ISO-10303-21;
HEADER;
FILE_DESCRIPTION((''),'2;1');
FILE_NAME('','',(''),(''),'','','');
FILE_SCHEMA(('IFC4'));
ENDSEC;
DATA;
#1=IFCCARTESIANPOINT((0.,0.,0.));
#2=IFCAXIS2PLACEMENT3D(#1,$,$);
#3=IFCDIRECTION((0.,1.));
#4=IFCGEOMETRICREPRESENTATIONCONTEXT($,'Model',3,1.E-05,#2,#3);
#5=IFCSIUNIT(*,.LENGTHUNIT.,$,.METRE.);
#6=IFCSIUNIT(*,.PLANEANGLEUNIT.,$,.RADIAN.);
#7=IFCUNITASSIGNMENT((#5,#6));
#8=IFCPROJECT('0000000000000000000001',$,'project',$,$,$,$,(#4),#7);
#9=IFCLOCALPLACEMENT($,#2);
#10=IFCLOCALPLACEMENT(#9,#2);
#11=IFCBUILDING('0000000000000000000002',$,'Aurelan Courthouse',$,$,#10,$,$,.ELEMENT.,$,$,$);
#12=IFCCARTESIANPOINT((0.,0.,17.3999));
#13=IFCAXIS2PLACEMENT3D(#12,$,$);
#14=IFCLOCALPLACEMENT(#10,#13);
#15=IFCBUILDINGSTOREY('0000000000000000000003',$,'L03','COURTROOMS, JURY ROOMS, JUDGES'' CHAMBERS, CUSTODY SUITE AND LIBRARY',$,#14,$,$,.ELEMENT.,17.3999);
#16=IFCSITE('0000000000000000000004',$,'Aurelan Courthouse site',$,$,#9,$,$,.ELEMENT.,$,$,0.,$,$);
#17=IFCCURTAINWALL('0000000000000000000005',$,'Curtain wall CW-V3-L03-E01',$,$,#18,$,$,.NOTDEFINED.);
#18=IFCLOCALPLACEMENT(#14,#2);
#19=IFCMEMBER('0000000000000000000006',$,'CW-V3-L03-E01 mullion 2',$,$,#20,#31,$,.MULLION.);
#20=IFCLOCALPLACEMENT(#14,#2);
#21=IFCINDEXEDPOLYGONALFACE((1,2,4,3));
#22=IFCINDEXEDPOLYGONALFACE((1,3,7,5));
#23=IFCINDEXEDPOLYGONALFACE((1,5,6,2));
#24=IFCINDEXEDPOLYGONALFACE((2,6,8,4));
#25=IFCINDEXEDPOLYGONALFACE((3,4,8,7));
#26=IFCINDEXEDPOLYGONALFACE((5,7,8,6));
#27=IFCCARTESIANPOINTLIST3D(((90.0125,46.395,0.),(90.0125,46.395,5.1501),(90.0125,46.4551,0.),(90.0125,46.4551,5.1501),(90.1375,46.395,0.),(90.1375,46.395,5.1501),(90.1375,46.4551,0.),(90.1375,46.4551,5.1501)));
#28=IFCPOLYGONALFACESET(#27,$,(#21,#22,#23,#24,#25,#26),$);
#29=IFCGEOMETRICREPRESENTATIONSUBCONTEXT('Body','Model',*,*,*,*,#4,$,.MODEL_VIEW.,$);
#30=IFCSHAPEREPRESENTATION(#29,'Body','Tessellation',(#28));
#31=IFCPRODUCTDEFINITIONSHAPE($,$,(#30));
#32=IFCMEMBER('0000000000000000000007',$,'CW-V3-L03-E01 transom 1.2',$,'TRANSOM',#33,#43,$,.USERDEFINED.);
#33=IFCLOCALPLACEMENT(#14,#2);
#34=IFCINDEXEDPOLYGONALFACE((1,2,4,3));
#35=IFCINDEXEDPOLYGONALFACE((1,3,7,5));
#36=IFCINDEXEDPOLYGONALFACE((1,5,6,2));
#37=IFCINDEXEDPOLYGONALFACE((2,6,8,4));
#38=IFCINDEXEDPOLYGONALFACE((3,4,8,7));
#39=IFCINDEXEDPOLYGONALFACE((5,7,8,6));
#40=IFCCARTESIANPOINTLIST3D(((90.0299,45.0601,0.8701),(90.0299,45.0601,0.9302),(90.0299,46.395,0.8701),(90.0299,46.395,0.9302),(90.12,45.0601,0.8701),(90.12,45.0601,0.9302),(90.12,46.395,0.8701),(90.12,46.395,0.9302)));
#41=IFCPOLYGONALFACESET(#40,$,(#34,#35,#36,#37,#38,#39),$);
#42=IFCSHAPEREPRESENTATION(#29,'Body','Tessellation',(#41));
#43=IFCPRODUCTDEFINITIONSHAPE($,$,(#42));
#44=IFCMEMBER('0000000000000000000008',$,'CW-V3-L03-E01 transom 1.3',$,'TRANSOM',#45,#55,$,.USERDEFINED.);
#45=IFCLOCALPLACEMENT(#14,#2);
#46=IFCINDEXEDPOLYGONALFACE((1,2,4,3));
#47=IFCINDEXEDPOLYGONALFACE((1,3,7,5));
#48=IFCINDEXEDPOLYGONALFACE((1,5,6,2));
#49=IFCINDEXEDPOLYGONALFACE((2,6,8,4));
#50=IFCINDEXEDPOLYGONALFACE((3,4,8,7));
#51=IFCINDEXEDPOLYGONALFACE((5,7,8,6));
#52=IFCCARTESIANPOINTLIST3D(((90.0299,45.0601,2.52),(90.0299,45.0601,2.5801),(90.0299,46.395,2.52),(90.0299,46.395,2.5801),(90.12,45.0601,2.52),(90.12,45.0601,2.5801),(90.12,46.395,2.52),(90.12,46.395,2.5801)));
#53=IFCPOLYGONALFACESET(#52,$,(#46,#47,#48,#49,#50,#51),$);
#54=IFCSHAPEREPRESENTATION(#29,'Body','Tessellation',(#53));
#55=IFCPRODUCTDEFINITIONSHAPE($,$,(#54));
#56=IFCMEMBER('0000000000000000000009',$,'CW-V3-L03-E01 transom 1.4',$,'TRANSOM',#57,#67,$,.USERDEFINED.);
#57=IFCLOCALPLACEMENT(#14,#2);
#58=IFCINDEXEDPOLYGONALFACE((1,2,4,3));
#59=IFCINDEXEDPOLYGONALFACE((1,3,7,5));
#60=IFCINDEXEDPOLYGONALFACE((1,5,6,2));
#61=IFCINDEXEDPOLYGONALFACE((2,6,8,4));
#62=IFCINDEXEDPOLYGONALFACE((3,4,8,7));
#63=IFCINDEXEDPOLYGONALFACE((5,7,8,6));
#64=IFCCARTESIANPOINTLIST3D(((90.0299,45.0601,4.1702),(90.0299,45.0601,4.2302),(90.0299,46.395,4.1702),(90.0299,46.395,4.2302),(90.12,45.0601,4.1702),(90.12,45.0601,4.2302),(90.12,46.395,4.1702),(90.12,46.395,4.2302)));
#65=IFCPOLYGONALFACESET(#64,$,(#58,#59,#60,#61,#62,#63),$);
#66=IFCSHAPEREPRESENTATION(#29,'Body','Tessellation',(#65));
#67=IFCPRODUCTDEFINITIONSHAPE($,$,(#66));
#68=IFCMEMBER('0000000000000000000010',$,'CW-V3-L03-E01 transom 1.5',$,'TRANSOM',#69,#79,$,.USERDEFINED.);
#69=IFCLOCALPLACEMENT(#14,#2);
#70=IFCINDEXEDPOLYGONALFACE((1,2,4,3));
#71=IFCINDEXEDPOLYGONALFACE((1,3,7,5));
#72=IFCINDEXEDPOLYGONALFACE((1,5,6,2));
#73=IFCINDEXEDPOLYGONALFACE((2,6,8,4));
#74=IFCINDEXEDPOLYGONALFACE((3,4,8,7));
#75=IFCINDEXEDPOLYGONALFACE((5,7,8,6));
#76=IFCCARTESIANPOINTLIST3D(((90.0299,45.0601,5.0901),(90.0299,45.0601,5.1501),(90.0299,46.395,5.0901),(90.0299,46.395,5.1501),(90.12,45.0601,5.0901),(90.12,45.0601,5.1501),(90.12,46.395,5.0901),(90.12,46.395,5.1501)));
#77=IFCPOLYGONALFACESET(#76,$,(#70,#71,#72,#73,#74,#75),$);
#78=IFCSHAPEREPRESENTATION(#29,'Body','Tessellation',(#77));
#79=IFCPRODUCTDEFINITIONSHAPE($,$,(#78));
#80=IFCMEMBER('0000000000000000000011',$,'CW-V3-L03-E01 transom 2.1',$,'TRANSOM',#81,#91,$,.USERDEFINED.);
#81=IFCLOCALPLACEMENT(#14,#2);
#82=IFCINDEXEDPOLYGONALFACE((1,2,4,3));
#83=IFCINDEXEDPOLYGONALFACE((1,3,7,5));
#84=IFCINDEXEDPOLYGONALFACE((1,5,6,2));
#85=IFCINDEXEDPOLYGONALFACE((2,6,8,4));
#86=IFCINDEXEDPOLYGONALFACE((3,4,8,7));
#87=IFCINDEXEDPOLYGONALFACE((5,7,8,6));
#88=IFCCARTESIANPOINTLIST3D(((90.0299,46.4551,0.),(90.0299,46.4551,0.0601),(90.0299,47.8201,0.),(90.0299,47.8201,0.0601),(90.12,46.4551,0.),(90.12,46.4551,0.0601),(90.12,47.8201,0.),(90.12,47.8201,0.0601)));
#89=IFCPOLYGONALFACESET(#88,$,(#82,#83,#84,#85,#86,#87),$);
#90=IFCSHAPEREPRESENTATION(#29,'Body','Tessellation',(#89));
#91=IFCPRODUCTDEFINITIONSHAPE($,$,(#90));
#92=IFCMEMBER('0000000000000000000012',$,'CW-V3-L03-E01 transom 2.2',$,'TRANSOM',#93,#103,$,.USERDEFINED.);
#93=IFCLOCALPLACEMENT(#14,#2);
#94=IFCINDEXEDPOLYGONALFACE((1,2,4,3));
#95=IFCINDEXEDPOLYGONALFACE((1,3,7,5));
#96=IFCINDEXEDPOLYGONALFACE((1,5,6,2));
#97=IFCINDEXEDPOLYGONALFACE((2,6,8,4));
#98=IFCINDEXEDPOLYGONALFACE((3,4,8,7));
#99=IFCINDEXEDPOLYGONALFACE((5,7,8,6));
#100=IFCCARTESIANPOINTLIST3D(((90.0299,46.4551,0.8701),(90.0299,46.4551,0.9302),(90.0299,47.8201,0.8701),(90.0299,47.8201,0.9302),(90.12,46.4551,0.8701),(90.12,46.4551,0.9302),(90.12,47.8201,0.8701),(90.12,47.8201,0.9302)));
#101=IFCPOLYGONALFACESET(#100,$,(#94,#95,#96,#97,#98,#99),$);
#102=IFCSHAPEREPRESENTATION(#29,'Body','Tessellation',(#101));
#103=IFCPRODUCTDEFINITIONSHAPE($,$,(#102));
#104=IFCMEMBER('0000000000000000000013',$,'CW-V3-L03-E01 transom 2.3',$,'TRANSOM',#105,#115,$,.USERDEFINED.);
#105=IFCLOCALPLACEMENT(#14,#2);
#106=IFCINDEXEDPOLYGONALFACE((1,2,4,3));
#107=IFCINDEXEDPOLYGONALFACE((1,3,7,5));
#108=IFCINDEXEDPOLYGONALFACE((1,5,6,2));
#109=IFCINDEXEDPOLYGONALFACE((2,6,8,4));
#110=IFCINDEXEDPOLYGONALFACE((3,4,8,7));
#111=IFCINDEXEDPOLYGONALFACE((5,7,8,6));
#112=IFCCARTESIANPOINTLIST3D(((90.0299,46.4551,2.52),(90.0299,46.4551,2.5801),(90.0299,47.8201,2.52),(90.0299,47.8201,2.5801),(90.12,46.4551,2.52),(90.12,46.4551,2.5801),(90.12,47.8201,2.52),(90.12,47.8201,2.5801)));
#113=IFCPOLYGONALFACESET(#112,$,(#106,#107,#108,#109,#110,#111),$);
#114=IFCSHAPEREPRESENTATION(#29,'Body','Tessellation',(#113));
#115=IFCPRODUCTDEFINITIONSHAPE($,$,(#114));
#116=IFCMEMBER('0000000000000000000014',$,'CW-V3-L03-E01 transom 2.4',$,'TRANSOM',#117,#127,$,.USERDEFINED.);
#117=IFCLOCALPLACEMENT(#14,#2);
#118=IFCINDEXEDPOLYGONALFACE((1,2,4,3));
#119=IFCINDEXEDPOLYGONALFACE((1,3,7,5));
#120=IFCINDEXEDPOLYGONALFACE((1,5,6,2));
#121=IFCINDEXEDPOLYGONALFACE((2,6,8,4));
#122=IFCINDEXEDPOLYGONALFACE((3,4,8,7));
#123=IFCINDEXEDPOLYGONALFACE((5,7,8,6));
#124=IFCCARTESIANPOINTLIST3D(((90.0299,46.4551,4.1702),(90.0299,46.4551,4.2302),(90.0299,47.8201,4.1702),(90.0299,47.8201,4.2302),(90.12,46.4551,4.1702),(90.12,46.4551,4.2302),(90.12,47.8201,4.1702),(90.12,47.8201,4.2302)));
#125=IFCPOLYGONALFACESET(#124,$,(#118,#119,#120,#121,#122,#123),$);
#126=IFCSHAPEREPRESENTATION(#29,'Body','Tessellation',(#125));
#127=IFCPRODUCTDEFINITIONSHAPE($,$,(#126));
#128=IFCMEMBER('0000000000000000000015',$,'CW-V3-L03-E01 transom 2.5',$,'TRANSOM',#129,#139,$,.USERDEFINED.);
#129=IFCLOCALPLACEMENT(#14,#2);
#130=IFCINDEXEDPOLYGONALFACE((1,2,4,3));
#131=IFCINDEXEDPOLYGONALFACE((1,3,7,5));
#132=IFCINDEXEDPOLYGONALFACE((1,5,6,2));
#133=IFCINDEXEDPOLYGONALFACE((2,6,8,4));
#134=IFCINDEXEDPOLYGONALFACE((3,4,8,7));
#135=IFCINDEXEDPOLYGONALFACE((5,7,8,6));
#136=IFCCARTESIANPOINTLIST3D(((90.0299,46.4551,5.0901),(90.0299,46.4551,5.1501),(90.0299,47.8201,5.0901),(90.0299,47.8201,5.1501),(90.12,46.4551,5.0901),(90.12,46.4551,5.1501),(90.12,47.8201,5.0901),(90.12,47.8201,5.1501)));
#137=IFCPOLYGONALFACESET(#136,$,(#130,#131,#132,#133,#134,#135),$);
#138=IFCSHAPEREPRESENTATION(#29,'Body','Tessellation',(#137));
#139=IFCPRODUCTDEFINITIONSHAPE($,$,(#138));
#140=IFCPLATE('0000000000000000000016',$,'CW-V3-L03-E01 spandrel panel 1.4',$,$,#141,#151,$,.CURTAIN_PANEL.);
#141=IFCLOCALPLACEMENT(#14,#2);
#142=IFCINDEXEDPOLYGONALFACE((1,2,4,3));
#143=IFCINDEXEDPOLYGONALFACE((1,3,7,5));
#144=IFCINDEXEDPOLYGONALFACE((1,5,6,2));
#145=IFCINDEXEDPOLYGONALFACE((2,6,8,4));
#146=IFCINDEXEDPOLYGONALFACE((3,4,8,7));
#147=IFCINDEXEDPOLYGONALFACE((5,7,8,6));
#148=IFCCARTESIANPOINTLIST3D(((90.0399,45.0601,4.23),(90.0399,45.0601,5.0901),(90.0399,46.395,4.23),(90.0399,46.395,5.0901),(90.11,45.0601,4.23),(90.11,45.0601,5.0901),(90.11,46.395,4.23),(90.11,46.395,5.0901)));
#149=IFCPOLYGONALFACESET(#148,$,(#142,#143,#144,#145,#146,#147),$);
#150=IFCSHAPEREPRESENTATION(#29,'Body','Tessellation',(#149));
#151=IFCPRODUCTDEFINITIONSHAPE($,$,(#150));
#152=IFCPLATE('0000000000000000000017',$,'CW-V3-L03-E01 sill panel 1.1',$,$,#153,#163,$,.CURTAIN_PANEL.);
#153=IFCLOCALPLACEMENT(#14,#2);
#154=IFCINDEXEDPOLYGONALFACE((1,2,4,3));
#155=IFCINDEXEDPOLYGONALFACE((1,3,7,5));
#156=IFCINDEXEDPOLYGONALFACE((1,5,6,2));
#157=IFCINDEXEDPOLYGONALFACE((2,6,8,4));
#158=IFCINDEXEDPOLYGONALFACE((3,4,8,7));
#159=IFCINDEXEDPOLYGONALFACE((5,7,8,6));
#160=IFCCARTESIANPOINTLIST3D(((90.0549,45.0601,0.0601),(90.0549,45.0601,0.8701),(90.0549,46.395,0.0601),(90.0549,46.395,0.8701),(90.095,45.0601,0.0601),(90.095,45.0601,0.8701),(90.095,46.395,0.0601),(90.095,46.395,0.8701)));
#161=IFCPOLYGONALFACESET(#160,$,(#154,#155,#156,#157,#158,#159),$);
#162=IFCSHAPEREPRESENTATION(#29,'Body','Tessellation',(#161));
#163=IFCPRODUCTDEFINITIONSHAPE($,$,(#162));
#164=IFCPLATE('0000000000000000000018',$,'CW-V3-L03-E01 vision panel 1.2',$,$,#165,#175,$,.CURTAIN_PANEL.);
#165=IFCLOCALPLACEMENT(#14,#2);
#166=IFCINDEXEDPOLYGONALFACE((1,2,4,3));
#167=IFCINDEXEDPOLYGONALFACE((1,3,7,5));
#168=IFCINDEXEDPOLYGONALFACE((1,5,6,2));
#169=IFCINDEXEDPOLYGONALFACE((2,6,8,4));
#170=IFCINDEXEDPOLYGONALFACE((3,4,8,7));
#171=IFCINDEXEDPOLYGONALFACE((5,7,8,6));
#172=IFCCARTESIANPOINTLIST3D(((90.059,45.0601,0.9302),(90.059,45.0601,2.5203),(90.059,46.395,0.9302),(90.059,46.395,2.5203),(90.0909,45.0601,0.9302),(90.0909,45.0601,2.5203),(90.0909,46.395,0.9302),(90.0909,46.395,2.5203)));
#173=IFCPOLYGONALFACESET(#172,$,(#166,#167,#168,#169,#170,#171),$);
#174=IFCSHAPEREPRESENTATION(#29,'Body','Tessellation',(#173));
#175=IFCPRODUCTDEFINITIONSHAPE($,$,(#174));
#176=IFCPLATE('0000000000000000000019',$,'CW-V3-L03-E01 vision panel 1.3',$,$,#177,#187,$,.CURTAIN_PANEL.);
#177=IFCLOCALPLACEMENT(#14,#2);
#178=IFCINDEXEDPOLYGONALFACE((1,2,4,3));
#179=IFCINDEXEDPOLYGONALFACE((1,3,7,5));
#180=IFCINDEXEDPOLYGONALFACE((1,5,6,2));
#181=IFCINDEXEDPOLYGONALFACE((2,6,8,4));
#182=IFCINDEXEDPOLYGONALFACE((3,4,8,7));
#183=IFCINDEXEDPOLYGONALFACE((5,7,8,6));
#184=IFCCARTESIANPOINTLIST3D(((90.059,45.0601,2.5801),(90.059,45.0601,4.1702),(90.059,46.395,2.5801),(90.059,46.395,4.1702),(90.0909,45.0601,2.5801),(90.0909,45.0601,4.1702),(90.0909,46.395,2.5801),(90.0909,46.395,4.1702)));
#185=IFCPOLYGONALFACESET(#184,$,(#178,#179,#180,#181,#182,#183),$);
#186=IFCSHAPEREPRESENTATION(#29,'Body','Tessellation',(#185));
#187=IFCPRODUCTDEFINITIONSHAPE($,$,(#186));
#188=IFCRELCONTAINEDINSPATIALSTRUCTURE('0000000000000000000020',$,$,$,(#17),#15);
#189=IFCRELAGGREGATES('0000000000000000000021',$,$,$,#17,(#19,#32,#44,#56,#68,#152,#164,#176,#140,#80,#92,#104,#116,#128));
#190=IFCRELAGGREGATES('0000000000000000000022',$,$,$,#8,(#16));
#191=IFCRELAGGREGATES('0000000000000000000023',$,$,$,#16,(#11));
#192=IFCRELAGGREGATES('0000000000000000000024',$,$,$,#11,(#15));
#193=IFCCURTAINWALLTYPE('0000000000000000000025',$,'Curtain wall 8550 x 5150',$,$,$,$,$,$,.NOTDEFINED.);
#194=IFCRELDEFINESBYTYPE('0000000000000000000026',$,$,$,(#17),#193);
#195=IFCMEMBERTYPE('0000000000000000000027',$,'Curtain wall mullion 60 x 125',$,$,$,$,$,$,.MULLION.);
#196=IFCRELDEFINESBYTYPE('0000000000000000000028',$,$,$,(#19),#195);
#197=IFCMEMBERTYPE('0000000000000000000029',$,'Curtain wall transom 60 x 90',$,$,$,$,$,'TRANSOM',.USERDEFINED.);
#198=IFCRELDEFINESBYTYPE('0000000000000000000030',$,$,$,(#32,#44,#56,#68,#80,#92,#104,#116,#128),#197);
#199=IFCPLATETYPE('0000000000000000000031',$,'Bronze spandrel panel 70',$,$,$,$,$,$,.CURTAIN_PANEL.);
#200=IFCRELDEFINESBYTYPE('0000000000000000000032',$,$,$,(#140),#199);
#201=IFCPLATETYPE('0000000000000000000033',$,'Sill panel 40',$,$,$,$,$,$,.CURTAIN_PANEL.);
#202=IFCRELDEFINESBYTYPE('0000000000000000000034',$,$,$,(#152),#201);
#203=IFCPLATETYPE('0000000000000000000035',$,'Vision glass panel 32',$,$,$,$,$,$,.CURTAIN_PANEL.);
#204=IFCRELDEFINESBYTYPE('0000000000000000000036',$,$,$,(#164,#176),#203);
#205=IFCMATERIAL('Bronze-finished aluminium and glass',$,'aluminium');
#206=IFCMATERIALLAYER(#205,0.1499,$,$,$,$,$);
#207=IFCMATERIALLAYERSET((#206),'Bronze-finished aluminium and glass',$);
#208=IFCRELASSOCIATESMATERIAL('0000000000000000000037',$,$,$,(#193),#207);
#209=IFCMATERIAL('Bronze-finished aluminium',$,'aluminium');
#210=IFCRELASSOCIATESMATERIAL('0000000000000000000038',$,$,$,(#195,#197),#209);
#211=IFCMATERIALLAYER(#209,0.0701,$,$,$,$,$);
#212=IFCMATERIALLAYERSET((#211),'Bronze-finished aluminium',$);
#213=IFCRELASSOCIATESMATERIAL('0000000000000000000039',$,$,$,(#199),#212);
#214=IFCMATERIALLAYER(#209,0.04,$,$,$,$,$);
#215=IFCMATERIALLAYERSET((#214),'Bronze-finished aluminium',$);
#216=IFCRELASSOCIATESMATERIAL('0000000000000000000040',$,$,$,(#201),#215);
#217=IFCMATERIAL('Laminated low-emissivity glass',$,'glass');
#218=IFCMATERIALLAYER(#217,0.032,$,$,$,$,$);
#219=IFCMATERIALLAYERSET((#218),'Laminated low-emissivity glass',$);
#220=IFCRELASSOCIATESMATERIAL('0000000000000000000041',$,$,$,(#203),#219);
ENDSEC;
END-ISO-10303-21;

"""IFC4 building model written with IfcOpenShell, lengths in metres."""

from ifc_helpers import new_model, si_unit, direction, frame, origin, origin_2d, place, context, subcontext, project, spatial, rectangle, extrude, material, layer, layer_set, material_profile, profile_set, type_object, element, aggregate, save


model = new_model("IFC4")

# Units and contexts
model_context = context("Model", 3, precision=1e-05, world=origin(), true_north=direction((0.0, 1.0)))
body_context = subcontext(model_context, "Body", "Model", "MODEL_VIEW")
ifc_project = project(units=[si_unit("LENGTHUNIT", "METRE"), si_unit("PLANEANGLEUNIT", "RADIAN")], contexts=[model_context])

# Site, building, storey
site_placement = place(None, origin())
site = spatial("IfcSite", under=ifc_project, at=site_placement, Name="Aurelan Courthouse site", CompositionType="ELEMENT", RefElevation=0.0)
building_placement = place(site_placement, origin())
building = spatial("IfcBuilding", under=site, at=building_placement, Name="Aurelan Courthouse", CompositionType="ELEMENT")
storey_placement = place(building_placement, frame((0.0, 0.0, 17.3999)))
storey = spatial("IfcBuildingStorey", under=building, at=storey_placement, Name="L03", Description="COURTROOMS, JURY ROOMS, JUDGES' CHAMBERS, CUSTODY SUITE AND LIBRARY", CompositionType="ELEMENT", Elevation=17.3999)

# Curtain wall, members, plates
ifc_material_1 = material(Name="Bronze-finished aluminium and glass", Category="aluminium")
ifc_layer_1 = layer(ifc_material_1, 0.1499)
ifc_layer_set_1 = layer_set([ifc_layer_1], Name="Bronze-finished aluminium and glass")
curtain_wall_type = type_object("IfcCurtainWallType", Name="Curtain wall 8550 x 5150", PredefinedType="NOTDEFINED", material=ifc_layer_set_1)
curtain_wall_placement = place(storey_placement, origin())
curtain_wall = element("IfcCurtainWall", 1, at=curtain_wall_placement, inside=storey, type_object=curtain_wall_type, Name="Curtain wall CW-V3-L03-E01", PredefinedType="NOTDEFINED")
ifc_material_2 = material(Name="Bronze-finished aluminium", Category="aluminium")
ifc_material_profile_1 = material_profile(ifc_material_2, rectangle(XDim=0.125, YDim=0.0601, at=origin_2d()), Name="Bronze mullion 60 x 125")
ifc_profile_set_1 = profile_set([ifc_material_profile_1], Name="Bronze-finished aluminium")
member_type_1 = type_object("IfcMemberType", Name="Curtain wall mullion 60 x 125", PredefinedType="MULLION", material=ifc_profile_set_1)
member_1_placement = place(storey_placement, frame((90.075, 46.425, 0.0), z_axis=(0.0, 0.0, 1.0), x_axis=(-1.0, 0.0, 0.0)))
member_1 = element("IfcMember", 2, at=member_1_placement, type_object=member_type_1, Name="CW-V3-L03-E01 mullion 2", PredefinedType="MULLION", context=body_context, shape_type="SweptSolid", body=[
    extrude(rectangle(XDim=0.125, YDim=0.0601, at=origin_2d()), origin(), (0.0, 0.0, 1.0), 5.1501),
])
ifc_material_profile_2 = material_profile(ifc_material_2, rectangle(XDim=0.0901, YDim=0.0601, at=origin_2d()), Name="Bronze transom 60 x 90")
ifc_profile_set_2 = profile_set([ifc_material_profile_2], Name="Bronze-finished aluminium")
member_type_2 = type_object("IfcMemberType", Name="Curtain wall transom 60 x 90", ElementType="TRANSOM", PredefinedType="USERDEFINED", material=ifc_profile_set_2)
member_2_placement = place(storey_placement, frame((90.075, 45.0601, 0.9001), z_axis=(0.0, 1.0, 0.0), x_axis=(-1.0, 0.0, 0.0)))
member_2 = element("IfcMember", 3, at=member_2_placement, type_object=member_type_2, Name="CW-V3-L03-E01 transom 1.2", ObjectType="TRANSOM", PredefinedType="USERDEFINED", context=body_context, shape_type="SweptSolid", body=[
    extrude(rectangle(XDim=0.0901, YDim=0.0601, at=origin_2d()), origin(), (0.0, 0.0, 1.0), 1.335),
])
member_3_placement = place(storey_placement, frame((90.075, 45.0601, 2.55), z_axis=(0.0, 1.0, 0.0), x_axis=(-1.0, 0.0, 0.0)))
member_3 = element("IfcMember", 4, at=member_3_placement, type_object=member_type_2, Name="CW-V3-L03-E01 transom 1.3", ObjectType="TRANSOM", PredefinedType="USERDEFINED", context=body_context, shape_type="SweptSolid", body=[
    extrude(rectangle(XDim=0.0901, YDim=0.0601, at=origin_2d()), origin(), (0.0, 0.0, 1.0), 1.335),
])
member_4_placement = place(storey_placement, frame((90.075, 45.0601, 4.2002), z_axis=(0.0, 1.0, 0.0), x_axis=(-1.0, 0.0, 0.0)))
member_4 = element("IfcMember", 5, at=member_4_placement, type_object=member_type_2, Name="CW-V3-L03-E01 transom 1.4", ObjectType="TRANSOM", PredefinedType="USERDEFINED", context=body_context, shape_type="SweptSolid", body=[
    extrude(rectangle(XDim=0.0901, YDim=0.0601, at=origin_2d()), origin(), (0.0, 0.0, 1.0), 1.335),
])
member_5_placement = place(storey_placement, frame((90.075, 45.0601, 5.1201), z_axis=(0.0, 1.0, 0.0), x_axis=(-1.0, 0.0, 0.0)))
member_5 = element("IfcMember", 6, at=member_5_placement, type_object=member_type_2, Name="CW-V3-L03-E01 transom 1.5", ObjectType="TRANSOM", PredefinedType="USERDEFINED", context=body_context, shape_type="SweptSolid", body=[
    extrude(rectangle(XDim=0.0901, YDim=0.0601, at=origin_2d()), origin(), (0.0, 0.0, 1.0), 1.335),
])
member_6_placement = place(storey_placement, frame((90.075, 46.4551, 0.03), z_axis=(0.0, 1.0, 0.0), x_axis=(-1.0, 0.0, 0.0)))
member_6 = element("IfcMember", 7, at=member_6_placement, type_object=member_type_2, Name="CW-V3-L03-E01 transom 2.1", ObjectType="TRANSOM", PredefinedType="USERDEFINED", context=body_context, shape_type="SweptSolid", body=[
    extrude(rectangle(XDim=0.0901, YDim=0.0601, at=origin_2d()), origin(), (0.0, 0.0, 1.0), 1.365),
])
member_7_placement = place(storey_placement, frame((90.075, 46.4551, 0.9001), z_axis=(0.0, 1.0, 0.0), x_axis=(-1.0, 0.0, 0.0)))
member_7 = element("IfcMember", 8, at=member_7_placement, type_object=member_type_2, Name="CW-V3-L03-E01 transom 2.2", ObjectType="TRANSOM", PredefinedType="USERDEFINED", context=body_context, shape_type="SweptSolid", body=[
    extrude(rectangle(XDim=0.0901, YDim=0.0601, at=origin_2d()), origin(), (0.0, 0.0, 1.0), 1.365),
])
member_8_placement = place(storey_placement, frame((90.075, 46.4551, 2.55), z_axis=(0.0, 1.0, 0.0), x_axis=(-1.0, 0.0, 0.0)))
member_8 = element("IfcMember", 9, at=member_8_placement, type_object=member_type_2, Name="CW-V3-L03-E01 transom 2.3", ObjectType="TRANSOM", PredefinedType="USERDEFINED", context=body_context, shape_type="SweptSolid", body=[
    extrude(rectangle(XDim=0.0901, YDim=0.0601, at=origin_2d()), origin(), (0.0, 0.0, 1.0), 1.365),
])
member_9_placement = place(storey_placement, frame((90.075, 46.4551, 4.2002), z_axis=(0.0, 1.0, 0.0), x_axis=(-1.0, 0.0, 0.0)))
member_9 = element("IfcMember", 10, at=member_9_placement, type_object=member_type_2, Name="CW-V3-L03-E01 transom 2.4", ObjectType="TRANSOM", PredefinedType="USERDEFINED", context=body_context, shape_type="SweptSolid", body=[
    extrude(rectangle(XDim=0.0901, YDim=0.0601, at=origin_2d()), origin(), (0.0, 0.0, 1.0), 1.365),
])
member_10_placement = place(storey_placement, frame((90.075, 46.4551, 5.1201), z_axis=(0.0, 1.0, 0.0), x_axis=(-1.0, 0.0, 0.0)))
member_10 = element("IfcMember", 11, at=member_10_placement, type_object=member_type_2, Name="CW-V3-L03-E01 transom 2.5", ObjectType="TRANSOM", PredefinedType="USERDEFINED", context=body_context, shape_type="SweptSolid", body=[
    extrude(rectangle(XDim=0.0901, YDim=0.0601, at=origin_2d()), origin(), (0.0, 0.0, 1.0), 1.365),
])
ifc_layer_2 = layer(ifc_material_2, 0.0701)
ifc_layer_set_2 = layer_set([ifc_layer_2], Name="Bronze-finished aluminium")
plate_type_1 = type_object("IfcPlateType", Name="Bronze spandrel panel 70", PredefinedType="CURTAIN_PANEL", material=ifc_layer_set_2)
plate_1_placement = place(storey_placement, frame((90.075, 45.7275, 4.23), z_axis=(0.0, 0.0, 1.0), x_axis=(0.0, 1.0, 0.0)))
plate_1 = element("IfcPlate", 12, at=plate_1_placement, type_object=plate_type_1, Name="CW-V3-L03-E01 spandrel panel 1.4", PredefinedType="CURTAIN_PANEL", context=body_context, shape_type="SweptSolid", body=[
    extrude(rectangle(XDim=1.335, YDim=0.0701, at=origin_2d()), origin(), (0.0, 0.0, 1.0), 0.8601),
])
ifc_layer_3 = layer(ifc_material_2, 0.04)
ifc_layer_set_3 = layer_set([ifc_layer_3], Name="Bronze-finished aluminium")
plate_type_2 = type_object("IfcPlateType", Name="Sill panel 40", PredefinedType="CURTAIN_PANEL", material=ifc_layer_set_3)
plate_2_placement = place(storey_placement, frame((90.075, 45.7275, 0.0601), z_axis=(0.0, 0.0, 1.0), x_axis=(0.0, 1.0, 0.0)))
plate_2 = element("IfcPlate", 13, at=plate_2_placement, type_object=plate_type_2, Name="CW-V3-L03-E01 sill panel 1.1", PredefinedType="CURTAIN_PANEL", context=body_context, shape_type="SweptSolid", body=[
    extrude(rectangle(XDim=1.335, YDim=0.04, at=origin_2d()), origin(), (0.0, 0.0, 1.0), 0.8101),
])
ifc_material_3 = material(Name="Laminated low-emissivity glass", Category="glass")
ifc_layer_4 = layer(ifc_material_3, 0.032)
ifc_layer_set_4 = layer_set([ifc_layer_4], Name="Laminated low-emissivity glass")
plate_type_3 = type_object("IfcPlateType", Name="Vision glass panel 32", PredefinedType="CURTAIN_PANEL", material=ifc_layer_set_4)
plate_3_placement = place(storey_placement, frame((90.075, 45.7275, 0.9302), z_axis=(0.0, 0.0, 1.0), x_axis=(0.0, 1.0, 0.0)))
plate_3 = element("IfcPlate", 14, at=plate_3_placement, type_object=plate_type_3, Name="CW-V3-L03-E01 vision panel 1.2", PredefinedType="CURTAIN_PANEL", context=body_context, shape_type="SweptSolid", body=[
    extrude(rectangle(XDim=1.335, YDim=0.032, at=origin_2d()), origin(), (0.0, 0.0, 1.0), 1.5901),
])
plate_4_placement = place(storey_placement, frame((90.075, 45.7275, 2.5801), z_axis=(0.0, 0.0, 1.0), x_axis=(0.0, 1.0, 0.0)))
plate_4 = element("IfcPlate", 15, at=plate_4_placement, type_object=plate_type_3, Name="CW-V3-L03-E01 vision panel 1.3", PredefinedType="CURTAIN_PANEL", context=body_context, shape_type="SweptSolid", body=[
    extrude(rectangle(XDim=1.335, YDim=0.032, at=origin_2d()), origin(), (0.0, 0.0, 1.0), 1.5901),
])
aggregate(curtain_wall, [member_1, member_2, member_3, member_4, member_5, plate_2, plate_3, plate_4, plate_1, member_6, member_7, member_8, member_9, member_10])

save(model, "model.ifc")
